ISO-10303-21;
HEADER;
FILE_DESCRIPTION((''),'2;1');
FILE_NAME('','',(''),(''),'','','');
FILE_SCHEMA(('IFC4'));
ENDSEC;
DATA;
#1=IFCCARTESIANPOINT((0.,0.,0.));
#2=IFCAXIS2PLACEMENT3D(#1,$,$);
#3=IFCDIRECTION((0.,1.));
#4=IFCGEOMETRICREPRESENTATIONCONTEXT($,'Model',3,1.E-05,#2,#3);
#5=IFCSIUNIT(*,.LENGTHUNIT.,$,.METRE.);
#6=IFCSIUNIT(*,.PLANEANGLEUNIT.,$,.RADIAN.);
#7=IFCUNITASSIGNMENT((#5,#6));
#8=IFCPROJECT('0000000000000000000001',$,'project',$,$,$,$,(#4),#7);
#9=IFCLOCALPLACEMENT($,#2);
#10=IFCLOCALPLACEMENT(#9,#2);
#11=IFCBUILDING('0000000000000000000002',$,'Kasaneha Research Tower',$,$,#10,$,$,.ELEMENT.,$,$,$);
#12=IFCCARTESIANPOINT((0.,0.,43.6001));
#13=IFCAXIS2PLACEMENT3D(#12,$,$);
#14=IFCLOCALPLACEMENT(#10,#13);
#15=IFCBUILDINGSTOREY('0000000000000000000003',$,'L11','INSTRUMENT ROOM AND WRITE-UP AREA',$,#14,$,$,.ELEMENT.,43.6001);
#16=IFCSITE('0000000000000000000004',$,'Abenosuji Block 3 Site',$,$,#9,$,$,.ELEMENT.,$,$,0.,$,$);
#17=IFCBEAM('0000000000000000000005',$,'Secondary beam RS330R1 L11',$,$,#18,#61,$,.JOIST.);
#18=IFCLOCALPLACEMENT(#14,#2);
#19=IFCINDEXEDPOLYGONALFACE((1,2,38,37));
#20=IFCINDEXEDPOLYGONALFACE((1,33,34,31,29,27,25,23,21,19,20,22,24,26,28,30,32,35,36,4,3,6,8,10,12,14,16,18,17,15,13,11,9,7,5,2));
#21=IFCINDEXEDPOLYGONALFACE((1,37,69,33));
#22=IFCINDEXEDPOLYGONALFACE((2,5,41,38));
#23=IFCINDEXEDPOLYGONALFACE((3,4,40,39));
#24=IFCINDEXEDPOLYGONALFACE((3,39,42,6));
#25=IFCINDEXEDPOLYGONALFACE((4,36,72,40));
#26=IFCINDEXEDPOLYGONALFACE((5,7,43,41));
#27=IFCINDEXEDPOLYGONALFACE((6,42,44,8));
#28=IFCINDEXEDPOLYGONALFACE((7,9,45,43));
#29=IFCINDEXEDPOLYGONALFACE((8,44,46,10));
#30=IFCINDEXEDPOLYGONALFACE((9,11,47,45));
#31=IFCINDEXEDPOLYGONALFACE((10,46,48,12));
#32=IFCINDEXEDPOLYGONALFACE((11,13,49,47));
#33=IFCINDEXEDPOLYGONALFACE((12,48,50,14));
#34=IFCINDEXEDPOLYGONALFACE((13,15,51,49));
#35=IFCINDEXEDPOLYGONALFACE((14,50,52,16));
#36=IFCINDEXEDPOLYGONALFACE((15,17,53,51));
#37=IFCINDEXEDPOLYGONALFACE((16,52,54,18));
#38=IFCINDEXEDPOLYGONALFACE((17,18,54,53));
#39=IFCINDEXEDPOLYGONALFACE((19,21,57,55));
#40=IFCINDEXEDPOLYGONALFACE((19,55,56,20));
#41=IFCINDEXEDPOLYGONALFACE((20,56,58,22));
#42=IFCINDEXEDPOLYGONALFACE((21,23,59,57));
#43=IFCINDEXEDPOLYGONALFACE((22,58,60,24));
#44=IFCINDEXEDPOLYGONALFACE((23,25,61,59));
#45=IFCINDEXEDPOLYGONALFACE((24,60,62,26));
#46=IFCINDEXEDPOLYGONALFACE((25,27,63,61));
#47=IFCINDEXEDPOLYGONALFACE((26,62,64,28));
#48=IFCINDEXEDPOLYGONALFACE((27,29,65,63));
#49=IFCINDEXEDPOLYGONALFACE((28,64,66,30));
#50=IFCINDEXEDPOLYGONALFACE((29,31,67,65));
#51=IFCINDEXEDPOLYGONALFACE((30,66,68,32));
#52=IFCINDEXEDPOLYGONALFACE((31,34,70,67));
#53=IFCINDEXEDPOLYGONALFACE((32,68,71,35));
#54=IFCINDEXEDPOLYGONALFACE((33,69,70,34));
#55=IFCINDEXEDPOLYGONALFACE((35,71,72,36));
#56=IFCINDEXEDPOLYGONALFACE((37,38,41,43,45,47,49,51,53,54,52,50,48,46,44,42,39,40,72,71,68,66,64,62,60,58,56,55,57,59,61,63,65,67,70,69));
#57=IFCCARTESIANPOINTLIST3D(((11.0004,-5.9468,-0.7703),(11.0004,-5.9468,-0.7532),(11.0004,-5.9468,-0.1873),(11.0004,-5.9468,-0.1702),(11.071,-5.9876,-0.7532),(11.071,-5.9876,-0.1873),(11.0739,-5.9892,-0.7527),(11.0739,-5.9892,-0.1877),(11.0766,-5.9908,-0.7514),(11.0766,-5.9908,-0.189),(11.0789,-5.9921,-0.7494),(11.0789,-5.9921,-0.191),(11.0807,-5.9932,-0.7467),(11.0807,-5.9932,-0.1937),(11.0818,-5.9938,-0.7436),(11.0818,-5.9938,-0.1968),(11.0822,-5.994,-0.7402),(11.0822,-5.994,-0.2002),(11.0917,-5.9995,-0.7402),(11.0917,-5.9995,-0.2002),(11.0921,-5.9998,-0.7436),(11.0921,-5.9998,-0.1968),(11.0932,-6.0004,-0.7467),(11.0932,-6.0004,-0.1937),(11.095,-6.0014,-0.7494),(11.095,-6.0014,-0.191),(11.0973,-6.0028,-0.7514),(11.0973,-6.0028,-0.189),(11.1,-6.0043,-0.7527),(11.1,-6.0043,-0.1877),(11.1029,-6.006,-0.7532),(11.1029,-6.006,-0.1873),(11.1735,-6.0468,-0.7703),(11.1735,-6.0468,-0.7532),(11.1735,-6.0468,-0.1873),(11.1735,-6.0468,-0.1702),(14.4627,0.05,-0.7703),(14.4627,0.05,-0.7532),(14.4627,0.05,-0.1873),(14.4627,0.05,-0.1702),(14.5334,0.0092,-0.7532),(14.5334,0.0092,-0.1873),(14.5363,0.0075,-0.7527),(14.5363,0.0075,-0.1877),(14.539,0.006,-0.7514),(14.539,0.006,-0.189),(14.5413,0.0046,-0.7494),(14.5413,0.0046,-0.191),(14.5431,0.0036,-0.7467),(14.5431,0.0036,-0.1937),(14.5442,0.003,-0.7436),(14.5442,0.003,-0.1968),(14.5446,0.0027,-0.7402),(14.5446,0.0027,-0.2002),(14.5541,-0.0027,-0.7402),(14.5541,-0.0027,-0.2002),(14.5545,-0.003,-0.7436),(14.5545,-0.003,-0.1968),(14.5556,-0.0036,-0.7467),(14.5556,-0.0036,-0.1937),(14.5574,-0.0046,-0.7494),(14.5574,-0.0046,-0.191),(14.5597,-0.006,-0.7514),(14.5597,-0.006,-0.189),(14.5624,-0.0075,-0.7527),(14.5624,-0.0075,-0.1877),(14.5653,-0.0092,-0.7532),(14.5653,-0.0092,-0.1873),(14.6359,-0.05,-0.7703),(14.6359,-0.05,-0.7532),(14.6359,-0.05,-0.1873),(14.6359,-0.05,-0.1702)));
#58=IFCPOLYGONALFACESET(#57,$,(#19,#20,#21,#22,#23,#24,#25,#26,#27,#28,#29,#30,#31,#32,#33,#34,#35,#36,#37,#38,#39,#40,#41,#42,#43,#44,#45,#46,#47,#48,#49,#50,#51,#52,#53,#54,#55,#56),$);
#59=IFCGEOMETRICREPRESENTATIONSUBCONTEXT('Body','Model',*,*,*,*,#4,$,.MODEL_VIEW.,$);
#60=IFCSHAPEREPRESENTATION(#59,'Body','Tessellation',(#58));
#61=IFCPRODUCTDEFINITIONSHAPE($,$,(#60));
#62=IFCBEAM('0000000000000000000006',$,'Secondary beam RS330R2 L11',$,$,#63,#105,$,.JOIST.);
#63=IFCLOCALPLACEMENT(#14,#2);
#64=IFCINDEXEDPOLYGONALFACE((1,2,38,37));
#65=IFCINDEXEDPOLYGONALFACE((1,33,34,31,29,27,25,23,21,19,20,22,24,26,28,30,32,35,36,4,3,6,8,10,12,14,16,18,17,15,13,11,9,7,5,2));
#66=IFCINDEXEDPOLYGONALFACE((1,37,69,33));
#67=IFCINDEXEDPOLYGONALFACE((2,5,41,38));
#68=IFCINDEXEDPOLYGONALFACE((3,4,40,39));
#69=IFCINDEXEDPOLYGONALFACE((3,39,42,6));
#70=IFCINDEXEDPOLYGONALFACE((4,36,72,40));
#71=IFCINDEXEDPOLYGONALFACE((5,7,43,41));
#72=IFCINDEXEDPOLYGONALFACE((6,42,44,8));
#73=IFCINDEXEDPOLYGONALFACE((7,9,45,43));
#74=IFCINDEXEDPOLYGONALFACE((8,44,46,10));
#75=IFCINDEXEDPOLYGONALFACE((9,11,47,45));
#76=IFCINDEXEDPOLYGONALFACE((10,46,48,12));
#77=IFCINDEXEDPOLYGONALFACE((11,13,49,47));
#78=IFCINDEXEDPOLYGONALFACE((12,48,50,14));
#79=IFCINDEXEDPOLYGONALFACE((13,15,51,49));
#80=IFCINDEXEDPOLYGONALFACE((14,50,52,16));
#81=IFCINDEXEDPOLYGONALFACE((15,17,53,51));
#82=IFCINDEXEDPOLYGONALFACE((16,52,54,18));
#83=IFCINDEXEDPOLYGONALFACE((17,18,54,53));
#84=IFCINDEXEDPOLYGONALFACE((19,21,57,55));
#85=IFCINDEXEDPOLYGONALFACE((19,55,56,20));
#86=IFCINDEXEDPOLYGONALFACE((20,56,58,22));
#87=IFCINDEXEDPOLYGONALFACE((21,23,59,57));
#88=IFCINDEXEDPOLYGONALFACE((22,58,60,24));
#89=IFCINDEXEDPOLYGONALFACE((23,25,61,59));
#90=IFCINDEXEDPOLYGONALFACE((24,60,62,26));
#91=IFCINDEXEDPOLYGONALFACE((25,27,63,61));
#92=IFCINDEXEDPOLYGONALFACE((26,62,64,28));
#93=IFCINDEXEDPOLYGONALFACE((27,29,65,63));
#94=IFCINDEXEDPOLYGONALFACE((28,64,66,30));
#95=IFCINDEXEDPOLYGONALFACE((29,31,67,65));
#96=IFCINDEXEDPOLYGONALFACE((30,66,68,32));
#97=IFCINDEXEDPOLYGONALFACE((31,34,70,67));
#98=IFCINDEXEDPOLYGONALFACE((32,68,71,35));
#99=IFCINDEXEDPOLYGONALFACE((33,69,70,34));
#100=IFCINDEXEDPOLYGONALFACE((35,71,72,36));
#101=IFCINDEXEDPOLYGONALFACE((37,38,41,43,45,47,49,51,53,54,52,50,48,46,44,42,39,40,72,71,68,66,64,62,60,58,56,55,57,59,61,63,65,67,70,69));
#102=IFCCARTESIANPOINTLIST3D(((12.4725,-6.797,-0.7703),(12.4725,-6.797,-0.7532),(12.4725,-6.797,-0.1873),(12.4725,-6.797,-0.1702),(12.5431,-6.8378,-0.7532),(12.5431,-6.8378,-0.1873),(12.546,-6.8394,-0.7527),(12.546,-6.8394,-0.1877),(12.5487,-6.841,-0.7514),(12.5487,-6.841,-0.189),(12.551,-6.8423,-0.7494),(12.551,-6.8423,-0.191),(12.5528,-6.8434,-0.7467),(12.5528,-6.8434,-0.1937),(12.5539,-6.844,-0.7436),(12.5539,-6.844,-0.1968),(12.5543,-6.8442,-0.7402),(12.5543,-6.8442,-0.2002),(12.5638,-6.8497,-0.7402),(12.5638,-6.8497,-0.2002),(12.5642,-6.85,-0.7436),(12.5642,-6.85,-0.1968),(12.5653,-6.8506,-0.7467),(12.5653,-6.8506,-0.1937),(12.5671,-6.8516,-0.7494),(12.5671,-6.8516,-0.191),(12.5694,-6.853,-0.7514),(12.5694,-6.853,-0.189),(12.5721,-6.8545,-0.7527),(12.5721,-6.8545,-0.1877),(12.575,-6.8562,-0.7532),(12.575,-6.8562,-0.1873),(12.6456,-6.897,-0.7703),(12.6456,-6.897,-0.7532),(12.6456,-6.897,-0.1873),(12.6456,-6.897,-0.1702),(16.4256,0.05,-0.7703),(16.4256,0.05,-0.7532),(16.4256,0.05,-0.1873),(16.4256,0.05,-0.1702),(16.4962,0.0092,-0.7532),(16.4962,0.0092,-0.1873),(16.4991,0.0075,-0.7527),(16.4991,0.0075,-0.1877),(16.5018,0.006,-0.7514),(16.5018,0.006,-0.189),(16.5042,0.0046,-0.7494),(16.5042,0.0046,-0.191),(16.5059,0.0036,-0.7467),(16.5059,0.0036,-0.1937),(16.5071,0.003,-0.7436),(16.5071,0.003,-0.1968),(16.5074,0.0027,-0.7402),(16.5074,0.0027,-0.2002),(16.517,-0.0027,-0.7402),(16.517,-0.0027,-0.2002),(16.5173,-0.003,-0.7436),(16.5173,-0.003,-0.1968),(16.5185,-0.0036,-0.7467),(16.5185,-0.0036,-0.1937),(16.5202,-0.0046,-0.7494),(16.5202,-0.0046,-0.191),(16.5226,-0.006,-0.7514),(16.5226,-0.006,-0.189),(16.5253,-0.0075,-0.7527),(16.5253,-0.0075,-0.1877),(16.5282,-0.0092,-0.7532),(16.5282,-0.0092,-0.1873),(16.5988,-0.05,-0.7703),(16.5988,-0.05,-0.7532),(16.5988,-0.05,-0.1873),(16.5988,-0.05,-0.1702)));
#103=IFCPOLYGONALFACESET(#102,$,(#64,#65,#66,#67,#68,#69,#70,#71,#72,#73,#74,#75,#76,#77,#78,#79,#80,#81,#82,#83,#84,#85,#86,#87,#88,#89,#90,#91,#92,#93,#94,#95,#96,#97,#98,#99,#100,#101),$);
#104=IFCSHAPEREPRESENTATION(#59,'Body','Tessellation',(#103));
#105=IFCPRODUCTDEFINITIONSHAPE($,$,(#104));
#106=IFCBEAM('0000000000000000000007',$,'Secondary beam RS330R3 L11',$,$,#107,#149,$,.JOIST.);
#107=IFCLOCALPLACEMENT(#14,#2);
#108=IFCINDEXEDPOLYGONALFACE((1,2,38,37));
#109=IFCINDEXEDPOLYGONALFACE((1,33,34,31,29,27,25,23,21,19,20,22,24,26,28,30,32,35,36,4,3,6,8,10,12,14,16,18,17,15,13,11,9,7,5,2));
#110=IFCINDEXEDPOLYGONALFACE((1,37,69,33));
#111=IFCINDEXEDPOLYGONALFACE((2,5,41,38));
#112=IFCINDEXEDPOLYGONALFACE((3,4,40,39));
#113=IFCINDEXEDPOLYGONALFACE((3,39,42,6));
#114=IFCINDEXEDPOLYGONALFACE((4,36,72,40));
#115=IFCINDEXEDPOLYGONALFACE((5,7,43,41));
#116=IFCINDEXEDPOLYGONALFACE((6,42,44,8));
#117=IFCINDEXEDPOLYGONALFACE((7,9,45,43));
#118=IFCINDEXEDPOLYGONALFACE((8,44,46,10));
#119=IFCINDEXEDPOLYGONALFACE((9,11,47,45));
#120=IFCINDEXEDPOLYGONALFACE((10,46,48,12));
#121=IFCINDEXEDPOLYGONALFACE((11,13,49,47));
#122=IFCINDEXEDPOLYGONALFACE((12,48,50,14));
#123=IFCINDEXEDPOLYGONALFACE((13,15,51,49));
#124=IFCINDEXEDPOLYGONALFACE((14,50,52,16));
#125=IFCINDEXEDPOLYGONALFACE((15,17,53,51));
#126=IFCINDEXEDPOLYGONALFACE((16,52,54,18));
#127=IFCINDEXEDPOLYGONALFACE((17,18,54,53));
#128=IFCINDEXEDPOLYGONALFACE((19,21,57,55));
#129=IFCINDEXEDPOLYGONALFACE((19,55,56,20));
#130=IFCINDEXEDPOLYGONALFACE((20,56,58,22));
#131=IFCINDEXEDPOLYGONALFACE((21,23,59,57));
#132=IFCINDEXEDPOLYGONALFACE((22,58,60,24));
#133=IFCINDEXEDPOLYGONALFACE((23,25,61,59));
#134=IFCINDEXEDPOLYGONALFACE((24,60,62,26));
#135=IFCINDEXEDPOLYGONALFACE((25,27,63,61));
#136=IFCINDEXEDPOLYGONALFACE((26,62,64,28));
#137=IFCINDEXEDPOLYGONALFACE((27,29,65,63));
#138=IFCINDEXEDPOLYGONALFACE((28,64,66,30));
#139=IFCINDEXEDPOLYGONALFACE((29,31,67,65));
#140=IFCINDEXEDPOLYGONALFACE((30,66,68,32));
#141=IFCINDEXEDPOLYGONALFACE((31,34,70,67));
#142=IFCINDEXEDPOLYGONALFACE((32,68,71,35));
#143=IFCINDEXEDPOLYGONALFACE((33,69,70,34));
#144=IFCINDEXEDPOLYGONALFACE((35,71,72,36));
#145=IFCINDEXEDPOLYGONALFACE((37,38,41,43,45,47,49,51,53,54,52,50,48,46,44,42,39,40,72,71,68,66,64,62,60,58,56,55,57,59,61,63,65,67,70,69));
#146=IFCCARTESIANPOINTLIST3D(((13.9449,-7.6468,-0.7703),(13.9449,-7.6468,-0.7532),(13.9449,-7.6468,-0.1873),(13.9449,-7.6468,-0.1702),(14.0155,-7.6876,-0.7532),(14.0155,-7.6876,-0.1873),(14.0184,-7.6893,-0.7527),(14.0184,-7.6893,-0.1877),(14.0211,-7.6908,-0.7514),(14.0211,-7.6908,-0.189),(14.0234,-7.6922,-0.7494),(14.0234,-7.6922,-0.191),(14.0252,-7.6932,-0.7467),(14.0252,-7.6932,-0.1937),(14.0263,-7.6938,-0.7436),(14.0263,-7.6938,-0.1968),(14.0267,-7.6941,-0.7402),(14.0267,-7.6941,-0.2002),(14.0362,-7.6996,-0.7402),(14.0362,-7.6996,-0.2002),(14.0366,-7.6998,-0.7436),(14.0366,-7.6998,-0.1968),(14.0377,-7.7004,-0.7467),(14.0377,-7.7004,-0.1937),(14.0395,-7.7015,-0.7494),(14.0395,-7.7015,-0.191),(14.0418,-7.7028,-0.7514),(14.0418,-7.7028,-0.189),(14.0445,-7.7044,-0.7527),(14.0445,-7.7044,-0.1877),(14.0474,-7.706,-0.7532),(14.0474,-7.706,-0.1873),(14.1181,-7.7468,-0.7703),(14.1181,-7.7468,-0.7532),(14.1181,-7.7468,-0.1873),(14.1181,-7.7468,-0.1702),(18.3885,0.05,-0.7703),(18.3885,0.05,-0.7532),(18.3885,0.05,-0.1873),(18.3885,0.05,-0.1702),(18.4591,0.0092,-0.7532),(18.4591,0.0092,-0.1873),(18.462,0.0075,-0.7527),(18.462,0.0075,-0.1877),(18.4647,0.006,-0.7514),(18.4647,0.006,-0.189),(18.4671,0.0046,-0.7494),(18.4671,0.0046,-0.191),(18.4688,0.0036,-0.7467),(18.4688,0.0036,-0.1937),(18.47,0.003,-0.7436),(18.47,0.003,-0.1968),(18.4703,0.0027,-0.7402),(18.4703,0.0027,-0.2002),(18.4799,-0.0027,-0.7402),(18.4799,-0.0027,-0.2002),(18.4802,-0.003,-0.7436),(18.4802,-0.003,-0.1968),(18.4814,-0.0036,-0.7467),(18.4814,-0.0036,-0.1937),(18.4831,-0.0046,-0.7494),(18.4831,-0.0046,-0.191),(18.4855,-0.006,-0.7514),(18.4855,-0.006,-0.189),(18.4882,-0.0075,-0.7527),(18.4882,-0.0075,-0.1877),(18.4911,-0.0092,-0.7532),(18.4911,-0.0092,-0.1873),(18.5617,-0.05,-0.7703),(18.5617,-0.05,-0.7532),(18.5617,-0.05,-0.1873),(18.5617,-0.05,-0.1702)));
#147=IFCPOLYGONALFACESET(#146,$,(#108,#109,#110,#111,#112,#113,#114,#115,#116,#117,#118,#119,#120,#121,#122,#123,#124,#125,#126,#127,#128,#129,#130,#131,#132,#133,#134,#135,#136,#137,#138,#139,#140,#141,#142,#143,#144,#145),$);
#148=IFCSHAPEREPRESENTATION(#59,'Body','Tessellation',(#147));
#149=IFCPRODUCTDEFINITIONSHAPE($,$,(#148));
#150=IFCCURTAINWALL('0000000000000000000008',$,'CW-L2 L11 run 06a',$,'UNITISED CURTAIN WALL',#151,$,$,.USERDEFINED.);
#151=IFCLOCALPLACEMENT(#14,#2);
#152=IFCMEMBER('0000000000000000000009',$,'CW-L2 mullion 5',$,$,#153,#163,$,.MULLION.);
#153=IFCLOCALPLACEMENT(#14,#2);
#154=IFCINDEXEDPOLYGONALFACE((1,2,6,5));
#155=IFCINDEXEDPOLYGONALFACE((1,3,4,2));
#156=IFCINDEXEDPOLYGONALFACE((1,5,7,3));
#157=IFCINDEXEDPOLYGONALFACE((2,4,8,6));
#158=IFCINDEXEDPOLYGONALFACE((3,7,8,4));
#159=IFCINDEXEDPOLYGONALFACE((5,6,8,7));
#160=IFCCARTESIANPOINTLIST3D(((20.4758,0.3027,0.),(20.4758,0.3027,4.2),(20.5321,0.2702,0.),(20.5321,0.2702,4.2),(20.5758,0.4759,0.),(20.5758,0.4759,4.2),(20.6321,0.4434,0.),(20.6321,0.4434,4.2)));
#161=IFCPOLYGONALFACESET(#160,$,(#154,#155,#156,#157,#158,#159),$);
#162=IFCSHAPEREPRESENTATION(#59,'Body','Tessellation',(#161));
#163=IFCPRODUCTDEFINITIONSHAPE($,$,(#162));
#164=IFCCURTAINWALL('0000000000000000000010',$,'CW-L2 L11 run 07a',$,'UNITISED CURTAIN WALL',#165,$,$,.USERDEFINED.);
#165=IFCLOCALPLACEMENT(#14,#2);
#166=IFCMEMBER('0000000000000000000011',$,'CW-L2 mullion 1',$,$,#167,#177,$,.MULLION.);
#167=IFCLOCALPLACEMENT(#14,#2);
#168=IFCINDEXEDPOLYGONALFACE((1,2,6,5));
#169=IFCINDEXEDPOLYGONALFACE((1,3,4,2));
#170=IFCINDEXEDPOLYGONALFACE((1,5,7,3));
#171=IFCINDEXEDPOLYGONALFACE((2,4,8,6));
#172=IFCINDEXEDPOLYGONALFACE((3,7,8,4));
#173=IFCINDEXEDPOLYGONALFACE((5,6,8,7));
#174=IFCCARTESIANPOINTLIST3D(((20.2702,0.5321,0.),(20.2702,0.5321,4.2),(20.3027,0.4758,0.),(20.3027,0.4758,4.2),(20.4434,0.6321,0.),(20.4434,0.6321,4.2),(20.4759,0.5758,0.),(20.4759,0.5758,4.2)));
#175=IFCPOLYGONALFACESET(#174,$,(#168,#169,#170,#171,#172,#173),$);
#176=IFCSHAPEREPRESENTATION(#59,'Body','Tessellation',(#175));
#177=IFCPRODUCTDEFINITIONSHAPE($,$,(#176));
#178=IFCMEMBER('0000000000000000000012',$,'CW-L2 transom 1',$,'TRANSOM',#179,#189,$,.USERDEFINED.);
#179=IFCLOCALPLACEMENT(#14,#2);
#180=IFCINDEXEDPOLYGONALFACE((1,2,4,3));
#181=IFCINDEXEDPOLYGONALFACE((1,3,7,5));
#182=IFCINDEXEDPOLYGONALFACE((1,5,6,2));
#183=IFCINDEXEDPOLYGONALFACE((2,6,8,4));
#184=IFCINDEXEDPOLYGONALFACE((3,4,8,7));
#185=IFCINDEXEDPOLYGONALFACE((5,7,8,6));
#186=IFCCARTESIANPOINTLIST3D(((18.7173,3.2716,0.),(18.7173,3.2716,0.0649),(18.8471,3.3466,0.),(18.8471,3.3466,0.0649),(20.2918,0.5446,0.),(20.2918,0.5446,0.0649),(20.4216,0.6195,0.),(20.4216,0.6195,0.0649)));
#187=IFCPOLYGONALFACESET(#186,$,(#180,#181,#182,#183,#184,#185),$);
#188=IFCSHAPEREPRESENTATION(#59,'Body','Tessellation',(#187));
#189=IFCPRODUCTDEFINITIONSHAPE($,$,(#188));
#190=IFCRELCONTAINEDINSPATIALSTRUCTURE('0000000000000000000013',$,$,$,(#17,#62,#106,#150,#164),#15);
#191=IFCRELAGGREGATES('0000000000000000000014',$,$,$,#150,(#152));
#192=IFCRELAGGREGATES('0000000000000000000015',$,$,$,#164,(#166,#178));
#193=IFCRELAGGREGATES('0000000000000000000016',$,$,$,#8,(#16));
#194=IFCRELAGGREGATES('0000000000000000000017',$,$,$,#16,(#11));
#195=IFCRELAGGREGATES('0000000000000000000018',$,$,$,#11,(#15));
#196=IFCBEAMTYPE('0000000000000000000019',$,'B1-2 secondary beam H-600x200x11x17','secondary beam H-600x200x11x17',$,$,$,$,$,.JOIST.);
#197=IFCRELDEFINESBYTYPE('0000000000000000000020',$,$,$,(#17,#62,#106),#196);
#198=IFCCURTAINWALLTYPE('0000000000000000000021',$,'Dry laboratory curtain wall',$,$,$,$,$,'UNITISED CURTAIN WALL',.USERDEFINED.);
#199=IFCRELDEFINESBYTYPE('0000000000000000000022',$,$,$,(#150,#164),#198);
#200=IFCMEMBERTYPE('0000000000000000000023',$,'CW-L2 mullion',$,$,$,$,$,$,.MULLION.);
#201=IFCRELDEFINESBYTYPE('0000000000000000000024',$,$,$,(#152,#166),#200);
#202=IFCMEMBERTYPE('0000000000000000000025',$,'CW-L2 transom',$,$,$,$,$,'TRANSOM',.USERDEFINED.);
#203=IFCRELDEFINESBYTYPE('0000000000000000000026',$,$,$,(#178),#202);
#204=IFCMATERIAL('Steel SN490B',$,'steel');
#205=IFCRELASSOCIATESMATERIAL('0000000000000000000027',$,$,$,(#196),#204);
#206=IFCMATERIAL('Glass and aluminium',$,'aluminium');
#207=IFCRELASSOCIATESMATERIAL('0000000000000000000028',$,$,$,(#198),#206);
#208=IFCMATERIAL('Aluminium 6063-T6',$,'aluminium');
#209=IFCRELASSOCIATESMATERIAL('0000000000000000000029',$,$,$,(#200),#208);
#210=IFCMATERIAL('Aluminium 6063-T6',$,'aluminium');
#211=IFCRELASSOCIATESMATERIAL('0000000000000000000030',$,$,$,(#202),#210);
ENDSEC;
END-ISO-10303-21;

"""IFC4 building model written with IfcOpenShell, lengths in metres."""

from ifc_helpers import new_model, si_unit, direction, frame, origin, origin_2d, place, context, subcontext, project, spatial, rectangle, i_section, extrude, material, material_profile, profile_set, type_object, element, aggregate, save


model = new_model("IFC4")

# Units and contexts
model_context = context("Model", 3, precision=1e-05, world=origin(), true_north=direction((0.0, 1.0)))
body_context = subcontext(model_context, "Body", "Model", "MODEL_VIEW")
ifc_project = project(units=[si_unit("LENGTHUNIT", "METRE"), si_unit("PLANEANGLEUNIT", "RADIAN")], contexts=[model_context])

# Site, building, storey
site_placement = place(None, origin())
site = spatial("IfcSite", under=ifc_project, at=site_placement, Name="Abenosuji Block 3 Site", CompositionType="ELEMENT", RefElevation=0.0)
building_placement = place(site_placement, origin())
building = spatial("IfcBuilding", under=site, at=building_placement, Name="Kasaneha Research Tower", CompositionType="ELEMENT")
storey_placement = place(building_placement, frame((0.0, 0.0, 43.6001)))
storey = spatial("IfcBuildingStorey", under=building, at=storey_placement, Name="L11", Description="INSTRUMENT ROOM AND WRITE-UP AREA", CompositionType="ELEMENT", Elevation=43.6001)

# Beams
ifc_material_1 = material(Name="Steel SN490B", Category="steel")
ifc_material_profile_1 = material_profile(ifc_material_1, i_section(OverallWidth=0.2, OverallDepth=0.6001, WebThickness=0.011, FlangeThickness=0.0171, FilletRadius=0.0129, at=origin_2d()), Name="H-600x200x11x17")
ifc_profile_set_1 = profile_set([ifc_material_profile_1], Name="Steel SN490B")
beam_type_1 = type_object("IfcBeamType", Name="B1-2 secondary beam H-600x200x11x17", Description="secondary beam H-600x200x11x17", PredefinedType="JOIST", material=ifc_profile_set_1)
beam_1_placement = place(storey_placement, frame((14.5493, 0.0, -0.4702), z_axis=(-0.500014, -0.866017, 0.0), x_axis=(0.866017, -0.500014, 0.0)))
element("IfcBeam", 1, at=beam_1_placement, inside=storey, type_object=beam_type_1, Name="Secondary beam RS330R1 L11", PredefinedType="JOIST", context=body_context, shape_type="SweptSolid", body=[
    extrude(i_section(OverallWidth=0.2, OverallDepth=0.6001, WebThickness=0.011, FlangeThickness=0.0171, FilletRadius=0.0129, at=origin_2d()), origin(), (0.0, 0.0, 1.0), 6.9246),
])
beam_2_placement = place(storey_placement, frame((16.5122, 0.0, -0.4702), z_axis=(-0.500005, -0.866023, 0.0), x_axis=(0.866023, -0.500005, 0.0)))
element("IfcBeam", 2, at=beam_2_placement, inside=storey, type_object=beam_type_1, Name="Secondary beam RS330R2 L11", PredefinedType="JOIST", context=body_context, shape_type="SweptSolid", body=[
    extrude(i_section(OverallWidth=0.2, OverallDepth=0.6001, WebThickness=0.011, FlangeThickness=0.0171, FilletRadius=0.0129, at=origin_2d()), origin(), (0.0, 0.0, 1.0), 7.9062),
])
beam_3_placement = place(storey_placement, frame((18.4751, 0.0, -0.4702), z_axis=(-0.499989, -0.866032, 0.0), x_axis=(0.866032, -0.499989, 0.0)))
element("IfcBeam", 3, at=beam_3_placement, inside=storey, type_object=beam_type_1, Name="Secondary beam RS330R3 L11", PredefinedType="JOIST", context=body_context, shape_type="SweptSolid", body=[
    extrude(i_section(OverallWidth=0.2, OverallDepth=0.6001, WebThickness=0.011, FlangeThickness=0.0171, FilletRadius=0.0129, at=origin_2d()), origin(), (0.0, 0.0, 1.0), 8.8875),
])

# Curtain wall, member
ifc_material_2 = material(Name="Glass and aluminium", Category="aluminium")
curtain_wall_type = type_object("IfcCurtainWallType", Name="Dry laboratory curtain wall", ElementType="UNITISED CURTAIN WALL", PredefinedType="USERDEFINED", material=ifc_material_2)
curtain_wall_1_placement = place(storey_placement, origin())
curtain_wall_1 = element("IfcCurtainWall", 4, at=curtain_wall_1_placement, inside=storey, type_object=curtain_wall_type, Name="CW-L2 L11 run 06a", ObjectType="UNITISED CURTAIN WALL", PredefinedType="USERDEFINED")
ifc_material_3 = material(Name="Aluminium 6063-T6", Category="aluminium")
ifc_material_profile_2 = material_profile(ifc_material_3, rectangle(XDim=0.0649, YDim=0.2, at=origin_2d()), Name="CW-L2 mullion 65x200")
ifc_profile_set_2 = profile_set([ifc_material_profile_2], Name="Aluminium 6063-T6")
member_type_1 = type_object("IfcMemberType", Name="CW-L2 mullion", PredefinedType="MULLION", material=ifc_profile_set_2)
member_1_placement = place(storey_placement, frame((20.554, 0.373, 0.0), z_axis=(0.0, 0.0, 1.0), x_axis=(-0.866025, 0.5, 0.0)))
member_1 = element("IfcMember", 5, at=member_1_placement, type_object=member_type_1, Name="CW-L2 mullion 5", PredefinedType="MULLION", context=body_context, shape_type="SweptSolid", body=[
    extrude(rectangle(XDim=0.0649, YDim=0.2, at=origin_2d()), origin(), (0.0, 0.0, 1.0), 4.2),
])
aggregate(curtain_wall_1, [member_1])

# Curtain wall, members
curtain_wall_2_placement = place(storey_placement, origin())
curtain_wall_2 = element("IfcCurtainWall", 6, at=curtain_wall_2_placement, inside=storey, type_object=curtain_wall_type, Name="CW-L2 L11 run 07a", ObjectType="UNITISED CURTAIN WALL", PredefinedType="USERDEFINED")
member_2_placement = place(storey_placement, frame((20.373, 0.554, 0.0), z_axis=(0.0, 0.0, 1.0), x_axis=(-0.5, 0.866025, 0.0)))
member_2 = element("IfcMember", 7, at=member_2_placement, type_object=member_type_1, Name="CW-L2 mullion 1", PredefinedType="MULLION", context=body_context, shape_type="SweptSolid", body=[
    extrude(rectangle(XDim=0.0649, YDim=0.2, at=origin_2d()), origin(), (0.0, 0.0, 1.0), 4.2),
])
ifc_material_4 = material(Name="Aluminium 6063-T6", Category="aluminium")
ifc_material_profile_3 = material_profile(ifc_material_4, rectangle(XDim=0.1499, YDim=0.0649, at=origin_2d()), Name="CW-L2 transom 150x65")
ifc_profile_set_3 = profile_set([ifc_material_profile_3], Name="Aluminium 6063-T6")
member_type_2 = type_object("IfcMemberType", Name="CW-L2 transom", ElementType="TRANSOM", PredefinedType="USERDEFINED", material=ifc_profile_set_3)
member_3_placement = place(storey_placement, frame((20.3567, 0.582, 0.0325), z_axis=(-0.5, 0.866025, 0.0), x_axis=(-0.866025, -0.5, 0.0)))
member_3 = element("IfcMember", 8, at=member_3_placement, type_object=member_type_2, Name="CW-L2 transom 1", ObjectType="TRANSOM", PredefinedType="USERDEFINED", context=body_context, shape_type="SweptSolid", body=[
    extrude(rectangle(XDim=0.1499, YDim=0.0649, at=origin_2d()), origin(), (0.0, 0.0, 1.0), 3.1489),
])
aggregate(curtain_wall_2, [member_2, member_3])

save(model, "model.ifc")
